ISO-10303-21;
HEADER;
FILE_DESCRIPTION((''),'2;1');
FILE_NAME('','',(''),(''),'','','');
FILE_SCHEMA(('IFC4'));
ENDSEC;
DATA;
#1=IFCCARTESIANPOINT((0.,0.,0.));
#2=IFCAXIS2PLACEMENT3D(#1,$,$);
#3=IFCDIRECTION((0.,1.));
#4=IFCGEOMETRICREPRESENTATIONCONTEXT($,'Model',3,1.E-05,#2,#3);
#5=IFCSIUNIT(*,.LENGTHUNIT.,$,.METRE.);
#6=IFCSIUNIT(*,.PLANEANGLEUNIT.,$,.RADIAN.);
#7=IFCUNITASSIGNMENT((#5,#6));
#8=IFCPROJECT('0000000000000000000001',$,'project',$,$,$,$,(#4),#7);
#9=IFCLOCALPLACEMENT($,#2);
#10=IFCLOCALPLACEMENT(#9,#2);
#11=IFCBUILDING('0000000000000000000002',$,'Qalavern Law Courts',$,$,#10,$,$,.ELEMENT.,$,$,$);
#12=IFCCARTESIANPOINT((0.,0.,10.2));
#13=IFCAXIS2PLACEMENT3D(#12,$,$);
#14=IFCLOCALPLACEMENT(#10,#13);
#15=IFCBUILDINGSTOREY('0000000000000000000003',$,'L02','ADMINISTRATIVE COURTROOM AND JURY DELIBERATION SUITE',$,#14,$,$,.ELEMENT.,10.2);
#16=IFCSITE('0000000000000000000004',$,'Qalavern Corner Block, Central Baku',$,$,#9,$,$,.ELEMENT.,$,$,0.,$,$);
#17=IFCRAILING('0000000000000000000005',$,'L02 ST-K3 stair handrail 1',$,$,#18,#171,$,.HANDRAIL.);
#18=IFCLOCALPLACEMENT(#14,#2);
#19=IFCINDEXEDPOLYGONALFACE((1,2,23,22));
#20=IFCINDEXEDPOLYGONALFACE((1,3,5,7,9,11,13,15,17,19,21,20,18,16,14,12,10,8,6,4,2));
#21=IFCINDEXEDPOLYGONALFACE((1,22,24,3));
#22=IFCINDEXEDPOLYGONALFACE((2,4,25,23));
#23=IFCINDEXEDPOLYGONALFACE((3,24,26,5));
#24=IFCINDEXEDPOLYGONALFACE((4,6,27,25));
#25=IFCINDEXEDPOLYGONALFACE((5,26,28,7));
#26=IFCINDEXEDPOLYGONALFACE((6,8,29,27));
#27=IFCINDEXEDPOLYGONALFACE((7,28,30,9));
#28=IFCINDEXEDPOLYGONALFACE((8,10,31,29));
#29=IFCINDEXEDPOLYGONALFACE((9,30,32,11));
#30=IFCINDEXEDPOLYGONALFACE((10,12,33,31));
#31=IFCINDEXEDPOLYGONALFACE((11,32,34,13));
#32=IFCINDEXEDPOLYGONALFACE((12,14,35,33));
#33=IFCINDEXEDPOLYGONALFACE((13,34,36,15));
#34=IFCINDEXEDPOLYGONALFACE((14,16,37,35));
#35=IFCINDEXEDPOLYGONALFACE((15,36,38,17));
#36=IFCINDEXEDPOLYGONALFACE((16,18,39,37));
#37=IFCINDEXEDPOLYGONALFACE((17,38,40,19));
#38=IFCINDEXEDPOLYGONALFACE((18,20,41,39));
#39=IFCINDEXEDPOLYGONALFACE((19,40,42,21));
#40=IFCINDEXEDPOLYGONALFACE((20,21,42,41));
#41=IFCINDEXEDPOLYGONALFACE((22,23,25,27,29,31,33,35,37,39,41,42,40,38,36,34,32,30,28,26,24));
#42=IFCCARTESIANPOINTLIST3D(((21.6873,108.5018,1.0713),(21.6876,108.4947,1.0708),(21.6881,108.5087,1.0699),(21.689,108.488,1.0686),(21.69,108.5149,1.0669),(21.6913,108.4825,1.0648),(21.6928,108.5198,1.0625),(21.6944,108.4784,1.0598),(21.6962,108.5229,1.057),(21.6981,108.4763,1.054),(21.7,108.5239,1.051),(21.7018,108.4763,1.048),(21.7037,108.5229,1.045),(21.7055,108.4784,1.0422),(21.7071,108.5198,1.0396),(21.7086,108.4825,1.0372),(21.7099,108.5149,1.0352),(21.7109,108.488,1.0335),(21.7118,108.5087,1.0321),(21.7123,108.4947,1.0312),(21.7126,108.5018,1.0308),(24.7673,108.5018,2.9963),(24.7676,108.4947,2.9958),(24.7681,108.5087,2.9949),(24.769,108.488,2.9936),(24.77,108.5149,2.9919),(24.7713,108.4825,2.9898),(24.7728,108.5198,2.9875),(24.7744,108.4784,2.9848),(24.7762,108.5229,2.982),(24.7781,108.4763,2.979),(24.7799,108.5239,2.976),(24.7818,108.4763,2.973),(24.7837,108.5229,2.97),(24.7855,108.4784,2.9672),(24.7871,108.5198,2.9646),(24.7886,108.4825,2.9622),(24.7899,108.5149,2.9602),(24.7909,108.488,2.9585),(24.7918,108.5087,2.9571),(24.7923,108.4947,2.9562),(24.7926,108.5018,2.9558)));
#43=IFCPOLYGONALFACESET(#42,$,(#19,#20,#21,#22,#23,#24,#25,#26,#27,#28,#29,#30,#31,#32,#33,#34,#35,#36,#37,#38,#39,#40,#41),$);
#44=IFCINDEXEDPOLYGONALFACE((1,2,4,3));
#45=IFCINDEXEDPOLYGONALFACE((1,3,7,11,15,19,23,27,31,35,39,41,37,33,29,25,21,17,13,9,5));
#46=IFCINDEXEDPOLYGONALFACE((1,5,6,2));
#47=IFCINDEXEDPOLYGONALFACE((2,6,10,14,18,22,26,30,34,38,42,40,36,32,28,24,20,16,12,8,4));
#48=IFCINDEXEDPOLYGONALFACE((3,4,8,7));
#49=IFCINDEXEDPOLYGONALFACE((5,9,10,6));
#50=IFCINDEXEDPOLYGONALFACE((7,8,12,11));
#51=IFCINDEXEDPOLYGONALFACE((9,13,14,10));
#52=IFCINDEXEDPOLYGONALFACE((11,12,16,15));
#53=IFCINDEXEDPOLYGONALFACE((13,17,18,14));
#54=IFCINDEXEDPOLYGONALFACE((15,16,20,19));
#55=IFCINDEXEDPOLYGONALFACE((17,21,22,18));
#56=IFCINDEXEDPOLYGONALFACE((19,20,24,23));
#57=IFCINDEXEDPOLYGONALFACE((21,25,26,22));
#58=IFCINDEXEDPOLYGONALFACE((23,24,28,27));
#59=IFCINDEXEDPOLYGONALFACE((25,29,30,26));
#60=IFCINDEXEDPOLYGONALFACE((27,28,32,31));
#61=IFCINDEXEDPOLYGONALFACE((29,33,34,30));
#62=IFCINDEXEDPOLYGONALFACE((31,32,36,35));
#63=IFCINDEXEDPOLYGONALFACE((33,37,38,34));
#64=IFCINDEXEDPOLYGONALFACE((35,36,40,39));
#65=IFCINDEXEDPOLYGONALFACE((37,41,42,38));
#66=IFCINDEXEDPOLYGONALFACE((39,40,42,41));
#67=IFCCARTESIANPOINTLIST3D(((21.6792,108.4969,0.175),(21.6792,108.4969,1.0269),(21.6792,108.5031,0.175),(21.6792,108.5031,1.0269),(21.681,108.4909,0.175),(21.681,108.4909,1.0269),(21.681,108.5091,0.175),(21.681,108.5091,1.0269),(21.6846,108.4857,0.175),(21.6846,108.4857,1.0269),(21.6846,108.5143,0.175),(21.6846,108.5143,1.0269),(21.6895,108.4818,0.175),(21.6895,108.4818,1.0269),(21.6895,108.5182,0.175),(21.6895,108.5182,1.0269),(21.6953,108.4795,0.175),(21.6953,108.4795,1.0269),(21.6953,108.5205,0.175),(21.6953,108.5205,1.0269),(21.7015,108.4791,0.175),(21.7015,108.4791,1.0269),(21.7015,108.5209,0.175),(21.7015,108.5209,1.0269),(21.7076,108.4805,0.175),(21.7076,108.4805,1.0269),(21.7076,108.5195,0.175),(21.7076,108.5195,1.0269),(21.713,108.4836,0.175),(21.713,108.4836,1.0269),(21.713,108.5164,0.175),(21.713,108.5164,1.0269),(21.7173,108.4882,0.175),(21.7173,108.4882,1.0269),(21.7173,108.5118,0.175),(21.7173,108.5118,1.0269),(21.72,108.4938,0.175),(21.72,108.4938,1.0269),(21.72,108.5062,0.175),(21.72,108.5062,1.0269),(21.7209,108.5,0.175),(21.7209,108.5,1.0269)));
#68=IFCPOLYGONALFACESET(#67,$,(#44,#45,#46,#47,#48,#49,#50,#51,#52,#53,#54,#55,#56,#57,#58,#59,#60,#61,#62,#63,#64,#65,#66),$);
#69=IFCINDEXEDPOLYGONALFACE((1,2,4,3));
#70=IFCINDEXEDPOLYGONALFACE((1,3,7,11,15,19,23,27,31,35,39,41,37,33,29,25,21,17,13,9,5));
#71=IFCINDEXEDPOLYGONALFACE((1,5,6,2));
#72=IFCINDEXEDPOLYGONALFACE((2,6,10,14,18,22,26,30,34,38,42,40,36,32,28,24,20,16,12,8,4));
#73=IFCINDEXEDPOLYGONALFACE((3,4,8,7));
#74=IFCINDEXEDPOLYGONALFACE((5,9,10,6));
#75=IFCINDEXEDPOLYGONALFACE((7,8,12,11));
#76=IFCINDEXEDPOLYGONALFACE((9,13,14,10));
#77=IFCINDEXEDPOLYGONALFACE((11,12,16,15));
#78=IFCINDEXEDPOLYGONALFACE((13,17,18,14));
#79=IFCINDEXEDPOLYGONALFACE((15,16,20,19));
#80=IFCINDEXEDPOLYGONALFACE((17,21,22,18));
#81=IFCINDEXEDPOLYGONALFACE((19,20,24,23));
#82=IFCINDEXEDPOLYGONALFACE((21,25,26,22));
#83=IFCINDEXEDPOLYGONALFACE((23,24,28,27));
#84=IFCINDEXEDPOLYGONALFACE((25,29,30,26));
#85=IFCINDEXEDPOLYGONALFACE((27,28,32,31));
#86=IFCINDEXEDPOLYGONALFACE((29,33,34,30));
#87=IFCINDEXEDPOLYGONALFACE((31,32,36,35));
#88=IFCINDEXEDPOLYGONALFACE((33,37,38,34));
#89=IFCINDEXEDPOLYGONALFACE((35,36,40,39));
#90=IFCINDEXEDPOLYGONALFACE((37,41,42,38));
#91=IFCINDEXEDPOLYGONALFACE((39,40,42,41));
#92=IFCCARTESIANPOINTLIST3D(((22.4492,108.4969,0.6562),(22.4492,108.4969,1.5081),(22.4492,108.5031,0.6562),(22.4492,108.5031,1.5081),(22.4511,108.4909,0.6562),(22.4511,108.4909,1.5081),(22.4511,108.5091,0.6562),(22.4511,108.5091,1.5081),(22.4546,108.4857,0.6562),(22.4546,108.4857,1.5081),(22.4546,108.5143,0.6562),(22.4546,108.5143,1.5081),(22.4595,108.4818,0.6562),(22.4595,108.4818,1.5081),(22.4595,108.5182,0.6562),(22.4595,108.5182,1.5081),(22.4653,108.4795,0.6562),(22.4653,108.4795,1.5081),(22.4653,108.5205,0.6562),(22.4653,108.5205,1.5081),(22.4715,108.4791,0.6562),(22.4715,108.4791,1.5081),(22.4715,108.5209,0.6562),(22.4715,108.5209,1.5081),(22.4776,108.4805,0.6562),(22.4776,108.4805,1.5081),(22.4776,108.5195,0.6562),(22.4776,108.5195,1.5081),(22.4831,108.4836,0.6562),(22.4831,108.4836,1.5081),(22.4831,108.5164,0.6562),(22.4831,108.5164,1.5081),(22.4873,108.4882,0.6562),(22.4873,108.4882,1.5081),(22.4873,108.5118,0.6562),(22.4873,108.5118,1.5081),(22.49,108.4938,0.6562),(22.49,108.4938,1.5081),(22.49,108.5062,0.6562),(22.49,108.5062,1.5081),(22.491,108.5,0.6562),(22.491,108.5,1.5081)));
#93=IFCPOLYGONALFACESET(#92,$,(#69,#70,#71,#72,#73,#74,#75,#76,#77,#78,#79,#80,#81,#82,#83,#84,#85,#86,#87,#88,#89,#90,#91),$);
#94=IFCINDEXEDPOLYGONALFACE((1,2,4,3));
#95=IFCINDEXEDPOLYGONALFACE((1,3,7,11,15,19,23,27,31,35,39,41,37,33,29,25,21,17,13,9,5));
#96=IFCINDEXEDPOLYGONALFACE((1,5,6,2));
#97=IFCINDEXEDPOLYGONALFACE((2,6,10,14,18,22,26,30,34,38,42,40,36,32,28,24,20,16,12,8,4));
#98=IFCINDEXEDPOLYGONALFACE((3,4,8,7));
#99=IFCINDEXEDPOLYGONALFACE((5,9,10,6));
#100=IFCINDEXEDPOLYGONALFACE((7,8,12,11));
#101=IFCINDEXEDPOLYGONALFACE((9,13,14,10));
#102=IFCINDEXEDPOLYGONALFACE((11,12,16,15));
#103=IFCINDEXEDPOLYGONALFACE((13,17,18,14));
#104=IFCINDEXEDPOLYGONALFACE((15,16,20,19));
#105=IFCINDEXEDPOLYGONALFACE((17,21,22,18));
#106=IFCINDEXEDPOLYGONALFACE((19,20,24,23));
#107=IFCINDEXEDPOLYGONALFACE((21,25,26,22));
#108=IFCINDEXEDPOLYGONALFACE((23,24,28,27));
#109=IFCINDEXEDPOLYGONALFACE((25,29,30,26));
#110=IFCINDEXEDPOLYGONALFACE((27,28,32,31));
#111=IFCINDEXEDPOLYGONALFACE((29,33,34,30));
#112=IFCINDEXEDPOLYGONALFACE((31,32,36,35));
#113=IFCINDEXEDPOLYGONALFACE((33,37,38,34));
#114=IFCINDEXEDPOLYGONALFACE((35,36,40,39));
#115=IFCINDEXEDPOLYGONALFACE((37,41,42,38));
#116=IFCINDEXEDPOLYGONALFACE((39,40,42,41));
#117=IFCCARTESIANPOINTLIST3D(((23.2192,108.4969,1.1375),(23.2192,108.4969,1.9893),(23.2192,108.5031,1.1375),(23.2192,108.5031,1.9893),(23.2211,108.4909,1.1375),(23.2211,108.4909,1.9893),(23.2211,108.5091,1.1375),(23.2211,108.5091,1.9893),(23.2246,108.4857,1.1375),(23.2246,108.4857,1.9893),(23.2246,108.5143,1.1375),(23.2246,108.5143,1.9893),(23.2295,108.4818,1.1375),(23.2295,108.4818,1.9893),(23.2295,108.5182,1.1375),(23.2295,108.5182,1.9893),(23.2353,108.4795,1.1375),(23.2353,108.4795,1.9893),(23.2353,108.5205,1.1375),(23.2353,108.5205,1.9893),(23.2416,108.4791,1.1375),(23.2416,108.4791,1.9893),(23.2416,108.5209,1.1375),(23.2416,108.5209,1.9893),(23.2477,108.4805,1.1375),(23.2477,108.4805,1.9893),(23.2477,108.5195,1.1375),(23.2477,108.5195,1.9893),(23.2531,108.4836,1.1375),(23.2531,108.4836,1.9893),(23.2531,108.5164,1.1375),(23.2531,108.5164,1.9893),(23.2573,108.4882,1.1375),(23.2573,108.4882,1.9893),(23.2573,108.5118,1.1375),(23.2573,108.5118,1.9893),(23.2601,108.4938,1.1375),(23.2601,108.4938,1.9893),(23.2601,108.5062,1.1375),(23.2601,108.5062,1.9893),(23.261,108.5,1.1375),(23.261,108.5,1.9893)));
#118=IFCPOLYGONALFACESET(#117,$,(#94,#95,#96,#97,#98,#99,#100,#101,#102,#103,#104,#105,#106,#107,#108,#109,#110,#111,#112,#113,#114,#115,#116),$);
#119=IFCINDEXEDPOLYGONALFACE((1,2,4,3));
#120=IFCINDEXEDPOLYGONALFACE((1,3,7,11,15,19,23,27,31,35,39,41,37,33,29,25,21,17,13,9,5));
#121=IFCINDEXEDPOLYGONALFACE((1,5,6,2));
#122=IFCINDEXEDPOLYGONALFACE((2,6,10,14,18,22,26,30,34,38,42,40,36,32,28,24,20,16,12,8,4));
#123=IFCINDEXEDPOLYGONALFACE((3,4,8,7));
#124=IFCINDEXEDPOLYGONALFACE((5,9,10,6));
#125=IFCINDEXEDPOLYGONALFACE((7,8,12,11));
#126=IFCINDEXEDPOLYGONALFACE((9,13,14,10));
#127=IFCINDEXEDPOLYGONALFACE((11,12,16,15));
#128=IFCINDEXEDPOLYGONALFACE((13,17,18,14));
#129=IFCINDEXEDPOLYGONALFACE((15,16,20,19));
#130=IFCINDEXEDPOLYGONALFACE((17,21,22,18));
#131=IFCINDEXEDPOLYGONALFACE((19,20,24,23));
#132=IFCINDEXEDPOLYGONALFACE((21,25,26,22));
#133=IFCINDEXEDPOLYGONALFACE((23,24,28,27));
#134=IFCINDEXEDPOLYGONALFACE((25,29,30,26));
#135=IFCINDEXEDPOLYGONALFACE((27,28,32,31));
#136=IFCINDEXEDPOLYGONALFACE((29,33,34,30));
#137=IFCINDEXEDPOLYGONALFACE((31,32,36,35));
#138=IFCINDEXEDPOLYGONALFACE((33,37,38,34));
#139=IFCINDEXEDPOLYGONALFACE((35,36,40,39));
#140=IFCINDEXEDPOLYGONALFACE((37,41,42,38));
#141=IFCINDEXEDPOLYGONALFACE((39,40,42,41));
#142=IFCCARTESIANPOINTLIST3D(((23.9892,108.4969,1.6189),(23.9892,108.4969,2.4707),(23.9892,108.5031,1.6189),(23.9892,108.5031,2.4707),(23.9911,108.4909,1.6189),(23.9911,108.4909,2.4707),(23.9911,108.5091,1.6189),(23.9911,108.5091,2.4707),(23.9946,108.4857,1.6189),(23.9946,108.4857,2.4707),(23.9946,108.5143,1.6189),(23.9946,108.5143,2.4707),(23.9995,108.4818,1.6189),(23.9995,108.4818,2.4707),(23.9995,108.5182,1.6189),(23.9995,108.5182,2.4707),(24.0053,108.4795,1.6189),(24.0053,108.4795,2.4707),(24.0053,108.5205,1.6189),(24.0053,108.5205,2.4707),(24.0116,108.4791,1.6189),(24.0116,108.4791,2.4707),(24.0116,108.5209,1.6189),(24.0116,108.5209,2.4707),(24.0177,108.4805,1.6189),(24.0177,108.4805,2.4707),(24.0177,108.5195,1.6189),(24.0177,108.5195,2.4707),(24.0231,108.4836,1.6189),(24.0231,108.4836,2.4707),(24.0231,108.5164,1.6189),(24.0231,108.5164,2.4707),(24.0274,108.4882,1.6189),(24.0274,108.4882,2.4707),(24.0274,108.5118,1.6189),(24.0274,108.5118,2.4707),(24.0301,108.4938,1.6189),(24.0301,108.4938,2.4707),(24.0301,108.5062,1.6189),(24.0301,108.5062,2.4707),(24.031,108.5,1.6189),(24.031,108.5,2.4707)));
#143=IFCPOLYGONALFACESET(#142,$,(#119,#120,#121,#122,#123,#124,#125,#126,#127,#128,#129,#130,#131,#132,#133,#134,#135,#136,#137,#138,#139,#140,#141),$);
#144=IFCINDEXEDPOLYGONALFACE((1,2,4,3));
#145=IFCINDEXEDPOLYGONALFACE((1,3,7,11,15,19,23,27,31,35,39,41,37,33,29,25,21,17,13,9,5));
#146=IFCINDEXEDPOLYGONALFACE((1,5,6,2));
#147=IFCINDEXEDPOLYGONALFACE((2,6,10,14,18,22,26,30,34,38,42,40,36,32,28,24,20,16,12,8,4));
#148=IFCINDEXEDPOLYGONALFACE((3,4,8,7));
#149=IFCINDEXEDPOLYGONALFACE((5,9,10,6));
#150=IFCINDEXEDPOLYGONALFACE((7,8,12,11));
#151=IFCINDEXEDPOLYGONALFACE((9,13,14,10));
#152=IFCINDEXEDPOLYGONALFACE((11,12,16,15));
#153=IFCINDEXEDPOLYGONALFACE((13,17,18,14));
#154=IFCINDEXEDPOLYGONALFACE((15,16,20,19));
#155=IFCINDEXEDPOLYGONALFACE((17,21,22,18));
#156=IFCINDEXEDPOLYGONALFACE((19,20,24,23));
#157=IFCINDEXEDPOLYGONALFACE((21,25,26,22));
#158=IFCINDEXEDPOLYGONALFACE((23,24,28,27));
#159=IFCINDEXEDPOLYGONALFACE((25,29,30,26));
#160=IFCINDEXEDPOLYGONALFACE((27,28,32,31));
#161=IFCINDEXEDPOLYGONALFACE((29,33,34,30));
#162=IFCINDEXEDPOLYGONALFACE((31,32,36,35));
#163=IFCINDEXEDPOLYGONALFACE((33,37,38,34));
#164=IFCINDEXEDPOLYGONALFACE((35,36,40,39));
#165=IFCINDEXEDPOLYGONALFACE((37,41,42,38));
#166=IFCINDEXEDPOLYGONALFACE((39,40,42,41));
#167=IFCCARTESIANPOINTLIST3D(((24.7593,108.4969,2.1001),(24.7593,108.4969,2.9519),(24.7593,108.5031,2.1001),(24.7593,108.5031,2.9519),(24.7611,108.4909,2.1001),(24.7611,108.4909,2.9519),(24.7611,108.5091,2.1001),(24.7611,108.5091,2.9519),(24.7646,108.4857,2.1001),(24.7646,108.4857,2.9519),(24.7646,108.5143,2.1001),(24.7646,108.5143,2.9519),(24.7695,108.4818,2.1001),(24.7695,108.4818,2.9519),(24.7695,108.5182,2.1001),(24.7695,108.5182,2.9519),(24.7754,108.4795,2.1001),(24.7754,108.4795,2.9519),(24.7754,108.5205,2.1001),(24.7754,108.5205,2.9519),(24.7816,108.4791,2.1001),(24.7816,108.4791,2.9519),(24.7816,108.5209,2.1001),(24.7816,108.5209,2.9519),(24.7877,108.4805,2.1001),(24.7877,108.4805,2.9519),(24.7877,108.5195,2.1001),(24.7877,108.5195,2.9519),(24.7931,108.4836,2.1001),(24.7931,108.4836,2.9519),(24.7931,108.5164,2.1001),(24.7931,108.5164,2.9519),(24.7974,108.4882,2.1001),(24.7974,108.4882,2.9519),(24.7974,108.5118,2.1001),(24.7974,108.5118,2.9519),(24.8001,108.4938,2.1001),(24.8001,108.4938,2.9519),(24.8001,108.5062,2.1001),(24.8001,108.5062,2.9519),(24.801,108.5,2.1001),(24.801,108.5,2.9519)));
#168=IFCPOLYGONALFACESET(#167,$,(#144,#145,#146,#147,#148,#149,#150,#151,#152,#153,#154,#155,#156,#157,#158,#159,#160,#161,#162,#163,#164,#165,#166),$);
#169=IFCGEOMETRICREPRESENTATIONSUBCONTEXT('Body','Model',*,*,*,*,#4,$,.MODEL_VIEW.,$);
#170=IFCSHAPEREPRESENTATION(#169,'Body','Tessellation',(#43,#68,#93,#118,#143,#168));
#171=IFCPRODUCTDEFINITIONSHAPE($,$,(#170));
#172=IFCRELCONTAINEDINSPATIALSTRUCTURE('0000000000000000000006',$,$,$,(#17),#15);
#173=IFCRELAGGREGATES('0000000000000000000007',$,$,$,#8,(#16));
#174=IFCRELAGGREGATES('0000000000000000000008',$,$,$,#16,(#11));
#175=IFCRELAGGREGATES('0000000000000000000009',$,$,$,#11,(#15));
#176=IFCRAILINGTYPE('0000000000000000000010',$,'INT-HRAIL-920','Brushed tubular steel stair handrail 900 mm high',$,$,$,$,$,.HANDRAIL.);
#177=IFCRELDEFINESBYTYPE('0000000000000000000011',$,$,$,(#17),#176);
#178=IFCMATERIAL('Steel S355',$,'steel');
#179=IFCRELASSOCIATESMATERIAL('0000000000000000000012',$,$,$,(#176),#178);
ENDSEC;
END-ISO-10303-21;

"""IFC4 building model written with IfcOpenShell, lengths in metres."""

from ifc_helpers import new_model, si_unit, direction, frame, origin, origin_2d, place, context, subcontext, project, spatial, circle, extrude, material, type_object, element, save


model = new_model("IFC4")

# Units and contexts
model_context = context("Model", 3, precision=1e-05, world=origin(), true_north=direction((0.0, 1.0)))
body_context = subcontext(model_context, "Body", "Model", "MODEL_VIEW")
ifc_project = project(units=[si_unit("LENGTHUNIT", "METRE"), si_unit("PLANEANGLEUNIT", "RADIAN")], contexts=[model_context])

# Site, building, storey
site_placement = place(None, origin())
site = spatial("IfcSite", under=ifc_project, at=site_placement, Name="Qalavern Corner Block, Central Baku", CompositionType="ELEMENT", RefElevation=0.0)
building_placement = place(site_placement, origin())
building = spatial("IfcBuilding", under=site, at=building_placement, Name="Qalavern Law Courts", CompositionType="ELEMENT")
storey_placement = place(building_placement, frame((0.0, 0.0, 10.2)))
storey = spatial("IfcBuildingStorey", under=building, at=storey_placement, Name="L02", Description="ADMINISTRATIVE COURTROOM AND JURY DELIBERATION SUITE", CompositionType="ELEMENT", Elevation=10.2)

# Shared definitions
ifc_material_1 = material(Name="Steel S355", Category="steel")

# Railing
railing_type_1 = type_object("IfcRailingType", Name="INT-HRAIL-920", Description="Brushed tubular steel stair handrail 900 mm high", PredefinedType="HANDRAIL", material=ifc_material_1)
railing_1_placement = place(storey_placement, frame((21.7, 108.5, 0.175)))
element("IfcRailing", 1, at=railing_1_placement, inside=storey, type_object=railing_type_1, Name="L02 ST-K3 stair handrail 1", PredefinedType="HANDRAIL", context=body_context, shape_type="SweptSolid", body=[
    extrude(circle(Radius=0.0239, at=origin_2d()), frame((0.0, 0.0, 0.876), z_axis=(0.847998, 0.0, 0.529999), x_axis=(0.0, 1.0, 0.0)), (0.0, 0.0, 1.0), 3.6321),
    extrude(circle(Radius=0.021, at=origin_2d()), origin(), (0.0, 0.0, 1.0), 0.8518),
    extrude(circle(Radius=0.021, at=origin_2d()), frame((0.77, 0.0, 0.4812)), (0.0, 0.0, 1.0), 0.8518),
    extrude(circle(Radius=0.021, at=origin_2d()), frame((1.54, 0.0, 0.9624)), (0.0, 0.0, 1.0), 0.8518),
    extrude(circle(Radius=0.021, at=origin_2d()), frame((2.3101, 0.0, 1.4438)), (0.0, 0.0, 1.0), 0.8518),
    extrude(circle(Radius=0.021, at=origin_2d()), frame((3.0801, 0.0, 1.925)), (0.0, 0.0, 1.0), 0.8518),
])

save(model, "model.ifc")
